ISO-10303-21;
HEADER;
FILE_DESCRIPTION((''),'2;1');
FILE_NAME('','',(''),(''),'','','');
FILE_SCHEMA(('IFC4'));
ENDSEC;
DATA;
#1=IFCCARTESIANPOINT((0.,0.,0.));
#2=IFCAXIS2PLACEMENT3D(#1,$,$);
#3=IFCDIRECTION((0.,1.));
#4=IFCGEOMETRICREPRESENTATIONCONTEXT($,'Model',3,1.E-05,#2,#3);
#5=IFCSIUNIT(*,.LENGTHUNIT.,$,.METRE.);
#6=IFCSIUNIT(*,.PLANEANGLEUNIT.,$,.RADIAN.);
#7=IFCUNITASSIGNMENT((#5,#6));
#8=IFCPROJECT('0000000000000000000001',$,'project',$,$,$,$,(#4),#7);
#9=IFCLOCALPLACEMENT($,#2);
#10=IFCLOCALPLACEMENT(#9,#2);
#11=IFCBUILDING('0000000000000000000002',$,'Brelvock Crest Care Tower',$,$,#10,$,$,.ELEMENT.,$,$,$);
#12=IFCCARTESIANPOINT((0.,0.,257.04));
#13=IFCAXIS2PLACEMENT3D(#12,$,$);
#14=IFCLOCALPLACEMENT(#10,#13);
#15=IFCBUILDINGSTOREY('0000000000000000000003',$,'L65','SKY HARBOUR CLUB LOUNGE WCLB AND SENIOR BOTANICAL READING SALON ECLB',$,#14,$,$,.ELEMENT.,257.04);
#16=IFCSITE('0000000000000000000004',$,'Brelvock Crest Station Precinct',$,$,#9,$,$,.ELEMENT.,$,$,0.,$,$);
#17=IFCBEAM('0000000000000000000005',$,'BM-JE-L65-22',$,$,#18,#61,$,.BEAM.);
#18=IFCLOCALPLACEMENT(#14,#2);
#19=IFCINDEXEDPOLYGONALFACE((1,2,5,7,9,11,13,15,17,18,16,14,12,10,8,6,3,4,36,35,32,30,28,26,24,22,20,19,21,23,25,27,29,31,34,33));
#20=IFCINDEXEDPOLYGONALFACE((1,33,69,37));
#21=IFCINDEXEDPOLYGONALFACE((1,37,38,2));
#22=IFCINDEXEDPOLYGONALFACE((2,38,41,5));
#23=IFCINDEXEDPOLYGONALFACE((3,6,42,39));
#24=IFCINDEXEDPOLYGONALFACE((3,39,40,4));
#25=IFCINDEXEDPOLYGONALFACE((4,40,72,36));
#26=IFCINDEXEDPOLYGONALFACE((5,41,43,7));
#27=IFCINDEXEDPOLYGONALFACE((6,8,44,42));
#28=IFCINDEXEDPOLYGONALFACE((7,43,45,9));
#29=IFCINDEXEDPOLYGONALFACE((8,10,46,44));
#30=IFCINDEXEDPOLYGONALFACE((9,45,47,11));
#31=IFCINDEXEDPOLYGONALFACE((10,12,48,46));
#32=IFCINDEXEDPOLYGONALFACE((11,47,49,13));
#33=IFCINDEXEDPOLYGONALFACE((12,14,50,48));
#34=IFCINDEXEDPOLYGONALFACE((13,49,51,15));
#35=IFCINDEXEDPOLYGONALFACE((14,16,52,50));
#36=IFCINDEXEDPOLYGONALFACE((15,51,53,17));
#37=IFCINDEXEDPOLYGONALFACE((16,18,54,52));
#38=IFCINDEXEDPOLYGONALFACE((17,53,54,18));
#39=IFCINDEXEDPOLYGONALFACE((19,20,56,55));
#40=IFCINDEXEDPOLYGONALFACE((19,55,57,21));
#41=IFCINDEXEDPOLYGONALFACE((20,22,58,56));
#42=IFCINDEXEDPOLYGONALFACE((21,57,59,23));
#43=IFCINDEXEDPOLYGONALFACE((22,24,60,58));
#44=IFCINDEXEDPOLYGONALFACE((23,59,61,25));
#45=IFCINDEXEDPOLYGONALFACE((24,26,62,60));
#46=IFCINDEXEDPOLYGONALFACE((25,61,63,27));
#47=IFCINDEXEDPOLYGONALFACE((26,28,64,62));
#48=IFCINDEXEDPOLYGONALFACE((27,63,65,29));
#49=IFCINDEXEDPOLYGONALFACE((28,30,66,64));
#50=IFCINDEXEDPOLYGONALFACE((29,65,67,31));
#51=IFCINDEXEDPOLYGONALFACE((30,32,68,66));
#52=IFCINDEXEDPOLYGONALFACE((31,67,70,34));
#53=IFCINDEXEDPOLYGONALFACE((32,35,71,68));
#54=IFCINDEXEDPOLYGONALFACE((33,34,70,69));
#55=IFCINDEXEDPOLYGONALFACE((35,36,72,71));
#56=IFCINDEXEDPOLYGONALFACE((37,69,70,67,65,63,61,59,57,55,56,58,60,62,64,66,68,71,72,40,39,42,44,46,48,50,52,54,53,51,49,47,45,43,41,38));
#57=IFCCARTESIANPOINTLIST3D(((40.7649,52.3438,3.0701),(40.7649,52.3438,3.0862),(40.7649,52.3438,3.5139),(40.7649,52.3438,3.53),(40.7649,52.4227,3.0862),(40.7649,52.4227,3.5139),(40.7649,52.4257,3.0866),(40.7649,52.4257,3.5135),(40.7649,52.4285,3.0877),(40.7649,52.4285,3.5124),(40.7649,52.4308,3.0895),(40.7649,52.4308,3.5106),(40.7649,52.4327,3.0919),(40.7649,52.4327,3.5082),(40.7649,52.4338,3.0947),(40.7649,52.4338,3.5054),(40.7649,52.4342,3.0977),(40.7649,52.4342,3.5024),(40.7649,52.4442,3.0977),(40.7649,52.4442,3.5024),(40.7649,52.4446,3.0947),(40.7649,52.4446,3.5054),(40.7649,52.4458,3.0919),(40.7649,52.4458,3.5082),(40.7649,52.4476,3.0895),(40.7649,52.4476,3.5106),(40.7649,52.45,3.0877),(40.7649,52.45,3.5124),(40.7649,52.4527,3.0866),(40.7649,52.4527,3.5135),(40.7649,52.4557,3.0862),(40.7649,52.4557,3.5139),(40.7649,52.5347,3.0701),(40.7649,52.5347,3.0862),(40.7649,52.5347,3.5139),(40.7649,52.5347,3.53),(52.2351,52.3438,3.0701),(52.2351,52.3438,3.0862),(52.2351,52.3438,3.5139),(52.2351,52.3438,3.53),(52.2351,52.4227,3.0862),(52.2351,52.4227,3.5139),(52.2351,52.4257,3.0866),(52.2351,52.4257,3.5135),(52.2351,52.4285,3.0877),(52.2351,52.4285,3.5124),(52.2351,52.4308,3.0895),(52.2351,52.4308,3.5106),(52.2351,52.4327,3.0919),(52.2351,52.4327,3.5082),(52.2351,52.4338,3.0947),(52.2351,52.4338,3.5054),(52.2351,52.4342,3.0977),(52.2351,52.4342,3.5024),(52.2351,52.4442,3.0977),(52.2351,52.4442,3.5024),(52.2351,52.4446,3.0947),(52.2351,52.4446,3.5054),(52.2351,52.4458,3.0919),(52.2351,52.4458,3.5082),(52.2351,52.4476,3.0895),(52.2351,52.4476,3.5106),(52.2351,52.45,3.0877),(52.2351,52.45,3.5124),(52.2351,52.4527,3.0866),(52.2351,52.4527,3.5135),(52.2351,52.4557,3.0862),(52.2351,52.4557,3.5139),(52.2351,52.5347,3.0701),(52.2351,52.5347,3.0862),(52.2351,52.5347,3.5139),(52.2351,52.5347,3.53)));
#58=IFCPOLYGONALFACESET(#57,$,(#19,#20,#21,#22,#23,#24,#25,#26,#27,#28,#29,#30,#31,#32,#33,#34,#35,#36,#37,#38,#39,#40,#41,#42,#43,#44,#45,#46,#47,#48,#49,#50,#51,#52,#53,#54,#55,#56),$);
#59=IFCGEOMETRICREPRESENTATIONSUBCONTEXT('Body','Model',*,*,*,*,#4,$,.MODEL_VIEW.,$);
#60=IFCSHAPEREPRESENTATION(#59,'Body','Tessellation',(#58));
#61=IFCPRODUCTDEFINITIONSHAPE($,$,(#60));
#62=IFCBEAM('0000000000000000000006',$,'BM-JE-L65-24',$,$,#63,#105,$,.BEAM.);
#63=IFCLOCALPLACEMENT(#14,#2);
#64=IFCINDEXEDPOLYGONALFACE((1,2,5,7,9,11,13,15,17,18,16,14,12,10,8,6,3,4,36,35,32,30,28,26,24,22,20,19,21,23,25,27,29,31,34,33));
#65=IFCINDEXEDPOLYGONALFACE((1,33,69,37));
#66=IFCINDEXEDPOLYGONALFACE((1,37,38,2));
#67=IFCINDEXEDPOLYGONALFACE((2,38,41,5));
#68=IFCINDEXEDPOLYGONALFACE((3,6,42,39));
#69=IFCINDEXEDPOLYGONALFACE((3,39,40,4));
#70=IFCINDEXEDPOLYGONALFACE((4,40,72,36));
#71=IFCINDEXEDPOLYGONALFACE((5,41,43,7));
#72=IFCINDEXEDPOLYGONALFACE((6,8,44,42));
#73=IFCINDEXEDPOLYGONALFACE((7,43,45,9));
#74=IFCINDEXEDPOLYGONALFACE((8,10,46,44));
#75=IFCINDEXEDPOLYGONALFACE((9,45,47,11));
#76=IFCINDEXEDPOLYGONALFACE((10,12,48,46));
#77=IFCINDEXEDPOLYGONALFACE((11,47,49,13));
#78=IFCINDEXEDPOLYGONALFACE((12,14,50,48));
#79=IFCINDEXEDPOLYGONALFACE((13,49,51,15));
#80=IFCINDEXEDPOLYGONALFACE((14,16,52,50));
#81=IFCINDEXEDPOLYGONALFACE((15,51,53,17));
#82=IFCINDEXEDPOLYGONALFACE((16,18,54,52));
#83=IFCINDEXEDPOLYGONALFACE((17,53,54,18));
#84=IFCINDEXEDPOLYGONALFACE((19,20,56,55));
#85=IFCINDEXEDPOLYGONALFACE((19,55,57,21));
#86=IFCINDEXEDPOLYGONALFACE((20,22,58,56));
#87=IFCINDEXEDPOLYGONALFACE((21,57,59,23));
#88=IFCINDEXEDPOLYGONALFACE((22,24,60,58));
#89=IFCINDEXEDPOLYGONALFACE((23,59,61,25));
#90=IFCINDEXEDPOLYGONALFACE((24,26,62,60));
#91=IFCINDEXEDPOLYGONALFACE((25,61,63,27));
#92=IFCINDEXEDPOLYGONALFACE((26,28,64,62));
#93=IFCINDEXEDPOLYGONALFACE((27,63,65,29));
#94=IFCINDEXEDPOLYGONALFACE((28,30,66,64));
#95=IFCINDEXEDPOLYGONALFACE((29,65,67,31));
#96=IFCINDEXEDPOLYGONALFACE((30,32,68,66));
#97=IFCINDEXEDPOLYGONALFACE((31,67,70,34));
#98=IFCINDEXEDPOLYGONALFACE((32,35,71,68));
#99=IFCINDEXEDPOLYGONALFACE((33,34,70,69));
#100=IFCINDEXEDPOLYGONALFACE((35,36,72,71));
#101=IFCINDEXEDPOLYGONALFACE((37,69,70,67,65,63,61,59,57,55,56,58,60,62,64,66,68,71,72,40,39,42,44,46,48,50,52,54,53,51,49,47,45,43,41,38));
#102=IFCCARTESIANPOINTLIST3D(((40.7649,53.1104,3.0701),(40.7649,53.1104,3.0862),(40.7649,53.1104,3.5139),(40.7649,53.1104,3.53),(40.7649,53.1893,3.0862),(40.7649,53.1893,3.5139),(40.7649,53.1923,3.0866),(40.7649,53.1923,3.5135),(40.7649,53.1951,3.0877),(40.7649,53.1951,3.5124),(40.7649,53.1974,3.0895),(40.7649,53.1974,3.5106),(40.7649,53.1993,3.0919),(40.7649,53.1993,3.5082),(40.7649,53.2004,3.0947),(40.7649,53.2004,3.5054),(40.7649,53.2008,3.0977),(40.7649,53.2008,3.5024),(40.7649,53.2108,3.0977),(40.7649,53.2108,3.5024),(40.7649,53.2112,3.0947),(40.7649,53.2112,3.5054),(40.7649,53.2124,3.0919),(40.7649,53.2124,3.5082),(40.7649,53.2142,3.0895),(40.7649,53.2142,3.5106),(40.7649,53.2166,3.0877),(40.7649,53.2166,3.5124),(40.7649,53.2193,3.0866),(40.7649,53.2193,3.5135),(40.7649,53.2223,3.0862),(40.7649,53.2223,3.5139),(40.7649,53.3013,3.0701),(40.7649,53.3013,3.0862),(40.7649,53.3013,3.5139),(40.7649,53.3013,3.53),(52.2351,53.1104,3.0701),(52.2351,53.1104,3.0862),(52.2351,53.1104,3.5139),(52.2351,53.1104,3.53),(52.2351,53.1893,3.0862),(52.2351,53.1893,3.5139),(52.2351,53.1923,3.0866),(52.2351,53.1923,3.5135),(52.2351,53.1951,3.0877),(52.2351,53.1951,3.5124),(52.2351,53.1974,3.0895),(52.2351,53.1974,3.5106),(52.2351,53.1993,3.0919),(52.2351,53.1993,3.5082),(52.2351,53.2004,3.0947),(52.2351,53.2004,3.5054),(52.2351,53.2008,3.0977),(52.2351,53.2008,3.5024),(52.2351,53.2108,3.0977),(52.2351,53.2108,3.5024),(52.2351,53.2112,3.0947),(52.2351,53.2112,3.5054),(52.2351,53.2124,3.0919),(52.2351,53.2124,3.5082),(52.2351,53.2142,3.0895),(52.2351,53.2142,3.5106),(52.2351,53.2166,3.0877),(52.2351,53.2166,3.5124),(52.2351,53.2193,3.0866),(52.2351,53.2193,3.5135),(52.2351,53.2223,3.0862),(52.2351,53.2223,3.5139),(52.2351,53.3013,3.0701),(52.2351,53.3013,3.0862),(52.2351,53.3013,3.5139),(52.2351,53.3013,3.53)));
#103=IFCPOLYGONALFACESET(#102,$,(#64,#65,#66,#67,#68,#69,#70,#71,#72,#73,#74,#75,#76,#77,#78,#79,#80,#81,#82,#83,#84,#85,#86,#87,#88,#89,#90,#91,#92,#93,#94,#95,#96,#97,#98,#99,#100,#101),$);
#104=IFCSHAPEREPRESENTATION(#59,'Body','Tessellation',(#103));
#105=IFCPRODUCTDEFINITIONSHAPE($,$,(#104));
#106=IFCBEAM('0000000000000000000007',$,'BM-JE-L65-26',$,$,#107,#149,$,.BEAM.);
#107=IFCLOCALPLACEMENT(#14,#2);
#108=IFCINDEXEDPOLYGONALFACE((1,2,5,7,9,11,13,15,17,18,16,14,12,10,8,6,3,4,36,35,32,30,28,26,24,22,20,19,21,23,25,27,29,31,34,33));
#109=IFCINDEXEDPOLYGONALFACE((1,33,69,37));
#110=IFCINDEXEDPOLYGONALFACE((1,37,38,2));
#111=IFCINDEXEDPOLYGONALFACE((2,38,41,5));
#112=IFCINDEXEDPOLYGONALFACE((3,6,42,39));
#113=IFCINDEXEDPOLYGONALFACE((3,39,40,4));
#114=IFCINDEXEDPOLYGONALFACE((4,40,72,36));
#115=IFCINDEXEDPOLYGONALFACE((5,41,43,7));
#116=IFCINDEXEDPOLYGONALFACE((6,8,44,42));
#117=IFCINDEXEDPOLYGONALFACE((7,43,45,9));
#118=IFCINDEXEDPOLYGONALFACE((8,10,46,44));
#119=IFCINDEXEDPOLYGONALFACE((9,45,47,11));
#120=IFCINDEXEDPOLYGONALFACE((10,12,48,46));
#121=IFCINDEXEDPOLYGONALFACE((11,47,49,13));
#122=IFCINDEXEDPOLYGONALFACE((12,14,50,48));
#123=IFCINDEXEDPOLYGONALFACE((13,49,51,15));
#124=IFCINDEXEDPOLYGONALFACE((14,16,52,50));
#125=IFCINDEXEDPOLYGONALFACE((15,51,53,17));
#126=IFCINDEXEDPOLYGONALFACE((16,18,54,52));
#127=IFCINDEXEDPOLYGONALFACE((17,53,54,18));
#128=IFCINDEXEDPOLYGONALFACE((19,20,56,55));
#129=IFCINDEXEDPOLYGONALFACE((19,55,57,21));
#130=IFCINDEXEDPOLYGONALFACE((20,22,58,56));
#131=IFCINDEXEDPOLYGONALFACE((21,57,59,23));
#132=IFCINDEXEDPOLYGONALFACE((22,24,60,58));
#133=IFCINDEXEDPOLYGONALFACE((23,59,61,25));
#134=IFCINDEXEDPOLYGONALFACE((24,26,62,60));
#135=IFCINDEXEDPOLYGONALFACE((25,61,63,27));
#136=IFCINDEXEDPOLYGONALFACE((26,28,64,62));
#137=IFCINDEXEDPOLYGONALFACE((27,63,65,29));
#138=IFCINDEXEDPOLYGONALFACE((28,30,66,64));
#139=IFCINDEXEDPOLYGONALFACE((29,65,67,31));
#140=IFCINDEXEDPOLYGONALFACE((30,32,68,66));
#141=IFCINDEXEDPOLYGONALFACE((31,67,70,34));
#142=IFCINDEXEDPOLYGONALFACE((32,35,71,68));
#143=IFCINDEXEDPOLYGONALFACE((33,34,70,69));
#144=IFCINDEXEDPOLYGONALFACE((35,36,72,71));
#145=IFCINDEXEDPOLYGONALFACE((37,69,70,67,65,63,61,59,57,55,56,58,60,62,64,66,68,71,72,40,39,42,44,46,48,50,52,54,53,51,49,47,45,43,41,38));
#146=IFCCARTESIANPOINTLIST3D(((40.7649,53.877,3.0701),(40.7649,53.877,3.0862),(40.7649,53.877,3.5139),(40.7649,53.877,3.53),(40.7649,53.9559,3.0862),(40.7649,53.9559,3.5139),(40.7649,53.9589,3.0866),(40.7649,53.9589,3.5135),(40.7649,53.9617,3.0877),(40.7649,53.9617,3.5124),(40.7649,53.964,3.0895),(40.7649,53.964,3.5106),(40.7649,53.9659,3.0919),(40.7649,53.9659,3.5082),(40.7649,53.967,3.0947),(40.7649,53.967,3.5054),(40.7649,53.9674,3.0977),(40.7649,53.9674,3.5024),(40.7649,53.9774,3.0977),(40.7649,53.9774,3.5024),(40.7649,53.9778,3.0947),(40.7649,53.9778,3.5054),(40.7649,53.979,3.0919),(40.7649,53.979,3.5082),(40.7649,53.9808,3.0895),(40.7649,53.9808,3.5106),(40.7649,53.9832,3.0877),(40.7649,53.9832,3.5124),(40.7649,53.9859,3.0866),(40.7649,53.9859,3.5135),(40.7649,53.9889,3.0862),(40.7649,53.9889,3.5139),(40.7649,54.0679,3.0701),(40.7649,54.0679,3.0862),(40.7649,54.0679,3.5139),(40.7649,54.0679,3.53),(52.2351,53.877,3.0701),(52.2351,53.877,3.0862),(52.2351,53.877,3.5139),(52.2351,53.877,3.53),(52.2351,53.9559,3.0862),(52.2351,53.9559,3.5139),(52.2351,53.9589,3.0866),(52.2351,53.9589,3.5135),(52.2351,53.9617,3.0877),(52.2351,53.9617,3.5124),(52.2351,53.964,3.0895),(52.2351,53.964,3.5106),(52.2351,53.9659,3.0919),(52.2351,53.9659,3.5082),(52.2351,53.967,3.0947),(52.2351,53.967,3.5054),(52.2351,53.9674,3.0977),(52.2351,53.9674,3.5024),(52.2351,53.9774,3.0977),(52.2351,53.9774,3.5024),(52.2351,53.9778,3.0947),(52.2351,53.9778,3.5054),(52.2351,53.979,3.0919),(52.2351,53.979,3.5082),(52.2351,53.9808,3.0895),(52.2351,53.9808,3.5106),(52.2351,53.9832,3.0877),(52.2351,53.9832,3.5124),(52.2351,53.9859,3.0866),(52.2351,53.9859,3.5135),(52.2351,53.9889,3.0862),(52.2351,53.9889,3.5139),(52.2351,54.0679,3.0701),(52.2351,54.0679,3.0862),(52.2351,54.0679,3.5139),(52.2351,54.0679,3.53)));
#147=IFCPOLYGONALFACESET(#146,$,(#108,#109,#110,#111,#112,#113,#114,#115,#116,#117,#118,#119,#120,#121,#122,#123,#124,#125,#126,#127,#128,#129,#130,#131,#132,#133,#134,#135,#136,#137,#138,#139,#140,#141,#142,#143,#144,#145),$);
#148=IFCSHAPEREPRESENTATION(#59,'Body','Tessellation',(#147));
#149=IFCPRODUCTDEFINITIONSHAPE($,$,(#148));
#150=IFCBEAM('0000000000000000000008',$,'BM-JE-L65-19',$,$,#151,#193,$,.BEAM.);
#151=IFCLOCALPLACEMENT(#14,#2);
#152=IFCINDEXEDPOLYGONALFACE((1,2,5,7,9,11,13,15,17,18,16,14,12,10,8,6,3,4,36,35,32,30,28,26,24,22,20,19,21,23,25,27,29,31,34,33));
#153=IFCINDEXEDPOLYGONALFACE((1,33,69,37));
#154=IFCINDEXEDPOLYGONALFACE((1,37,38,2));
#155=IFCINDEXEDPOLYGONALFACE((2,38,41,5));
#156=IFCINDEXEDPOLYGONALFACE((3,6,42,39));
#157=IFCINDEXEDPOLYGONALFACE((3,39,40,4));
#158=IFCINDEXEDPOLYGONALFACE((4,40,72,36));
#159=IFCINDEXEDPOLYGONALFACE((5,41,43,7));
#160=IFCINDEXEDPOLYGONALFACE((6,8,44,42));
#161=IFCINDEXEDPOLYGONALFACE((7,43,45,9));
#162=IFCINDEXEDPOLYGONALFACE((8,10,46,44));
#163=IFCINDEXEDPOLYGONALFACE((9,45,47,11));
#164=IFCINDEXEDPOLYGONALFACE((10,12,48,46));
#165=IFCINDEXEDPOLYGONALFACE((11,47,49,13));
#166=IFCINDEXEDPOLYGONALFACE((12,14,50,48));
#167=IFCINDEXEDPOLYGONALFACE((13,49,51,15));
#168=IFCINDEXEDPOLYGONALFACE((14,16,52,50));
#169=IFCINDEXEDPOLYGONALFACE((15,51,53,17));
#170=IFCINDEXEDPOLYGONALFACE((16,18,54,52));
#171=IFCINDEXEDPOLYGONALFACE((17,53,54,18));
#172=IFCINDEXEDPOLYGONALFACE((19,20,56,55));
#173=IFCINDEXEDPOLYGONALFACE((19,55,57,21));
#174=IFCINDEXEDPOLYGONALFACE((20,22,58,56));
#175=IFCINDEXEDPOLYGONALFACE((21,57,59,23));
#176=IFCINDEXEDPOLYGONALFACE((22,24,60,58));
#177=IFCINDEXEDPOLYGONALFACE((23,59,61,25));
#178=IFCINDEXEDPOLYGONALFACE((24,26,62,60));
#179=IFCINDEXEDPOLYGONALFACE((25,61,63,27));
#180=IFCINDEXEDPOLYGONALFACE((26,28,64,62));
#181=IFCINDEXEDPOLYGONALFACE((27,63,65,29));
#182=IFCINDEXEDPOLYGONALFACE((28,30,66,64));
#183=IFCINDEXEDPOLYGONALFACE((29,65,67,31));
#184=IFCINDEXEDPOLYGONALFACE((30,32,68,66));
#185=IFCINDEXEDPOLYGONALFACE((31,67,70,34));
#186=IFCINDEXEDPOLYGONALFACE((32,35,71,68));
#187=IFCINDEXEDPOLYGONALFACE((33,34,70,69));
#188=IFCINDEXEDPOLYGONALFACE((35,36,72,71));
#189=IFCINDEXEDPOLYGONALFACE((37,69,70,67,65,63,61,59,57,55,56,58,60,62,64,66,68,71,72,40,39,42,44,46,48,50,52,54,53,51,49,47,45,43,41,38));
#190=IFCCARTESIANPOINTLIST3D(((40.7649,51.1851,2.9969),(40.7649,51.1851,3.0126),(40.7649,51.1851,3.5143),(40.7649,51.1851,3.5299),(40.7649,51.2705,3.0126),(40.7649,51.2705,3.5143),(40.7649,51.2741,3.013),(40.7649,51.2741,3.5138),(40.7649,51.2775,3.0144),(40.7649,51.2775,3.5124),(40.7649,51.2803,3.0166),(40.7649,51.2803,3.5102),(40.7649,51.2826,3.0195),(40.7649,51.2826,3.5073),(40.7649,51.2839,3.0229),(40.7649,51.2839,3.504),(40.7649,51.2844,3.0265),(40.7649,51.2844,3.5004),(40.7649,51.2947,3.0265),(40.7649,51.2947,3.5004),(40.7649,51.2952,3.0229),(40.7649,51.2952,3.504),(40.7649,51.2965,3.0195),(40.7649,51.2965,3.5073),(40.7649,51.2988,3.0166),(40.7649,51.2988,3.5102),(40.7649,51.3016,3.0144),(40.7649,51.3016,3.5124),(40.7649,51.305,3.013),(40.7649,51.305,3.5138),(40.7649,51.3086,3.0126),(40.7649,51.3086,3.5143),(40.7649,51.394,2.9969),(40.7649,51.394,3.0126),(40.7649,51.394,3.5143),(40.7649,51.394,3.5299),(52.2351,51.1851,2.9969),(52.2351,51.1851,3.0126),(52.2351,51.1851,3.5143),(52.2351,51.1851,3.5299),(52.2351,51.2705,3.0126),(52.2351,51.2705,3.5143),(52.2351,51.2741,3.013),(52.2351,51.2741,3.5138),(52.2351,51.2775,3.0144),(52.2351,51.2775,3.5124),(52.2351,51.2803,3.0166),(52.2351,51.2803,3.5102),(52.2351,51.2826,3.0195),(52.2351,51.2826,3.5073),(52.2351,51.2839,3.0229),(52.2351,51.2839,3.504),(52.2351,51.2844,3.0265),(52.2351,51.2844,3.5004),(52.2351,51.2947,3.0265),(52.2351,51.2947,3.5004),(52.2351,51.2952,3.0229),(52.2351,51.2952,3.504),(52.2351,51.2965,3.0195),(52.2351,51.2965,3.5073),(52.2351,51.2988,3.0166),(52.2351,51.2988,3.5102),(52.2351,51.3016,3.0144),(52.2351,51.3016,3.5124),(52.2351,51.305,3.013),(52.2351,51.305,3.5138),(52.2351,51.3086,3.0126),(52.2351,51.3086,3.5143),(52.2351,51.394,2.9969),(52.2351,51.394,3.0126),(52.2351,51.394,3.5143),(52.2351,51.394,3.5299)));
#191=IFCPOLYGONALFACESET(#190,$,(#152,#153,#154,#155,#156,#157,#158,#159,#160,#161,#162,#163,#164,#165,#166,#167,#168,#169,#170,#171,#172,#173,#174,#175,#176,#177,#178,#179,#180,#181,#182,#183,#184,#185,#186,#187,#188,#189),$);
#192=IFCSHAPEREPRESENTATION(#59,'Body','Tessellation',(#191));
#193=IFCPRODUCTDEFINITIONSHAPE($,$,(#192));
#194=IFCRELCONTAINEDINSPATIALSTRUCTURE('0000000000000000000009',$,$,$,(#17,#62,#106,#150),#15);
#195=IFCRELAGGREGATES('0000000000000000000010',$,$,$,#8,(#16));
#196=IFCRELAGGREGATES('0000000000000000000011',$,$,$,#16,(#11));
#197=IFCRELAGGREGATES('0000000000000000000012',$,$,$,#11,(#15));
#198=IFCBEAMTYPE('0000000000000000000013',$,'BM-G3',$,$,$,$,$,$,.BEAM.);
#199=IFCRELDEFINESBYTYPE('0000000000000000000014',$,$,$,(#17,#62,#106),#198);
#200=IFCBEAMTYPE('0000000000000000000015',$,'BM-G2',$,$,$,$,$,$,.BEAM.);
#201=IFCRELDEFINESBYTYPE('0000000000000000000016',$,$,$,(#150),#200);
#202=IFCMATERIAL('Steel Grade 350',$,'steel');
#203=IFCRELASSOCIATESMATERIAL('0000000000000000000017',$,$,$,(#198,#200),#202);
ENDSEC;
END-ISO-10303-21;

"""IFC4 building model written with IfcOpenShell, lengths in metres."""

from ifc_helpers import new_model, si_unit, direction, frame, origin, origin_2d, place, context, subcontext, project, spatial, i_section, extrude, source, transform, mapped, material, material_profile, profile_set, type_object, element, save


model = new_model("IFC4")

# Units and contexts
model_context = context("Model", 3, precision=1e-05, world=origin(), true_north=direction((0.0, 1.0)))
body_context = subcontext(model_context, "Body", "Model", "MODEL_VIEW")
ifc_project = project(units=[si_unit("LENGTHUNIT", "METRE"), si_unit("PLANEANGLEUNIT", "RADIAN")], contexts=[model_context])

# Site, building, storey
site_placement = place(None, origin())
site = spatial("IfcSite", under=ifc_project, at=site_placement, Name="Brelvock Crest Station Precinct", CompositionType="ELEMENT", RefElevation=0.0)
building_placement = place(site_placement, origin())
building = spatial("IfcBuilding", under=site, at=building_placement, Name="Brelvock Crest Care Tower", CompositionType="ELEMENT")
storey_placement = place(building_placement, frame((0.0, 0.0, 257.04)))
storey = spatial("IfcBuildingStorey", under=building, at=storey_placement, Name="L65", Description="SKY HARBOUR CLUB LOUNGE WCLB AND SENIOR BOTANICAL READING SALON ECLB", CompositionType="ELEMENT", Elevation=257.04)

# Shared definitions
ifc_material_1 = material(Name="Steel Grade 350", Category="steel")

# Beams
ifc_material_profile_1 = material_profile(ifc_material_1, i_section(OverallWidth=0.1909, OverallDepth=0.46, WebThickness=0.01, FlangeThickness=0.0161, FilletRadius=0.0115, at=origin_2d()), Name="460UB82.1")
ifc_profile_set_1 = profile_set([ifc_material_profile_1], Name="Steel Grade 350")
beam_type_1 = type_object("IfcBeamType", Name="BM-G3", PredefinedType="BEAM", material=ifc_profile_set_1)
shared_shape_1 = source(origin(), body_context, "Body", "SweptSolid", [
    extrude(i_section(OverallWidth=0.1909, OverallDepth=0.46, WebThickness=0.01, FlangeThickness=0.0161, FilletRadius=0.0115, at=origin_2d()), origin(), (0.0, 0.0, 1.0), 11.4702),
])
for number, where, z_axis, x_axis, name in (
    (1, (40.7649, 52.4392, 3.3), (1.0, 0.0, 0.0), (0.0, 1.0, 0.0), "BM-JE-L65-22"),
    (2, (40.7649, 53.2058, 3.3), (1.0, 0.0, 0.0), (0.0, 1.0, 0.0), "BM-JE-L65-24"),
    (3, (40.7649, 53.9724, 3.3), (1.0, 0.0, 0.0), (0.0, 1.0, 0.0), "BM-JE-L65-26"),
):
    element("IfcBeam", number, at=place(storey_placement, frame(where, z_axis=z_axis, x_axis=x_axis)), inside=storey, type_object=beam_type_1, Name=name, PredefinedType="BEAM", context=body_context, shape_type="MappedRepresentation", body=[
        mapped(shared_shape_1, transform((0.0, 0.0, 0.0), x_axis=(1.0, 0.0, 0.0), y_axis=(0.0, 1.0, 0.0), z_axis=(0.0, 0.0, 1.0), scale=1.0)),
    ])
ifc_material_profile_2 = material_profile(ifc_material_1, i_section(OverallWidth=0.209, OverallDepth=0.533, WebThickness=0.0103, FlangeThickness=0.0156, FilletRadius=0.0139, at=origin_2d()), Name="530UB92.4")
ifc_profile_set_2 = profile_set([ifc_material_profile_2], Name="Steel Grade 350")
beam_type_2 = type_object("IfcBeamType", Name="BM-G2", PredefinedType="BEAM", material=ifc_profile_set_2)
shared_shape_2 = source(origin(), body_context, "Body", "SweptSolid", [
    extrude(i_section(OverallWidth=0.209, OverallDepth=0.533, WebThickness=0.0103, FlangeThickness=0.0156, FilletRadius=0.0139, at=origin_2d()), origin(), (0.0, 0.0, 1.0), 11.4702),
])
for number, where, z_axis, x_axis, name in (
    (4, (40.7649, 51.2896, 3.2634), (1.0, 0.0, 0.0), (0.0, 1.0, 0.0), "BM-JE-L65-19"),
):
    element("IfcBeam", number, at=place(storey_placement, frame(where, z_axis=z_axis, x_axis=x_axis)), inside=storey, type_object=beam_type_2, Name=name, PredefinedType="BEAM", context=body_context, shape_type="MappedRepresentation", body=[
        mapped(shared_shape_2, transform((0.0, 0.0, 0.0), x_axis=(1.0, 0.0, 0.0), y_axis=(0.0, 1.0, 0.0), z_axis=(0.0, 0.0, 1.0), scale=1.0)),
    ])

save(model, "model.ifc")
